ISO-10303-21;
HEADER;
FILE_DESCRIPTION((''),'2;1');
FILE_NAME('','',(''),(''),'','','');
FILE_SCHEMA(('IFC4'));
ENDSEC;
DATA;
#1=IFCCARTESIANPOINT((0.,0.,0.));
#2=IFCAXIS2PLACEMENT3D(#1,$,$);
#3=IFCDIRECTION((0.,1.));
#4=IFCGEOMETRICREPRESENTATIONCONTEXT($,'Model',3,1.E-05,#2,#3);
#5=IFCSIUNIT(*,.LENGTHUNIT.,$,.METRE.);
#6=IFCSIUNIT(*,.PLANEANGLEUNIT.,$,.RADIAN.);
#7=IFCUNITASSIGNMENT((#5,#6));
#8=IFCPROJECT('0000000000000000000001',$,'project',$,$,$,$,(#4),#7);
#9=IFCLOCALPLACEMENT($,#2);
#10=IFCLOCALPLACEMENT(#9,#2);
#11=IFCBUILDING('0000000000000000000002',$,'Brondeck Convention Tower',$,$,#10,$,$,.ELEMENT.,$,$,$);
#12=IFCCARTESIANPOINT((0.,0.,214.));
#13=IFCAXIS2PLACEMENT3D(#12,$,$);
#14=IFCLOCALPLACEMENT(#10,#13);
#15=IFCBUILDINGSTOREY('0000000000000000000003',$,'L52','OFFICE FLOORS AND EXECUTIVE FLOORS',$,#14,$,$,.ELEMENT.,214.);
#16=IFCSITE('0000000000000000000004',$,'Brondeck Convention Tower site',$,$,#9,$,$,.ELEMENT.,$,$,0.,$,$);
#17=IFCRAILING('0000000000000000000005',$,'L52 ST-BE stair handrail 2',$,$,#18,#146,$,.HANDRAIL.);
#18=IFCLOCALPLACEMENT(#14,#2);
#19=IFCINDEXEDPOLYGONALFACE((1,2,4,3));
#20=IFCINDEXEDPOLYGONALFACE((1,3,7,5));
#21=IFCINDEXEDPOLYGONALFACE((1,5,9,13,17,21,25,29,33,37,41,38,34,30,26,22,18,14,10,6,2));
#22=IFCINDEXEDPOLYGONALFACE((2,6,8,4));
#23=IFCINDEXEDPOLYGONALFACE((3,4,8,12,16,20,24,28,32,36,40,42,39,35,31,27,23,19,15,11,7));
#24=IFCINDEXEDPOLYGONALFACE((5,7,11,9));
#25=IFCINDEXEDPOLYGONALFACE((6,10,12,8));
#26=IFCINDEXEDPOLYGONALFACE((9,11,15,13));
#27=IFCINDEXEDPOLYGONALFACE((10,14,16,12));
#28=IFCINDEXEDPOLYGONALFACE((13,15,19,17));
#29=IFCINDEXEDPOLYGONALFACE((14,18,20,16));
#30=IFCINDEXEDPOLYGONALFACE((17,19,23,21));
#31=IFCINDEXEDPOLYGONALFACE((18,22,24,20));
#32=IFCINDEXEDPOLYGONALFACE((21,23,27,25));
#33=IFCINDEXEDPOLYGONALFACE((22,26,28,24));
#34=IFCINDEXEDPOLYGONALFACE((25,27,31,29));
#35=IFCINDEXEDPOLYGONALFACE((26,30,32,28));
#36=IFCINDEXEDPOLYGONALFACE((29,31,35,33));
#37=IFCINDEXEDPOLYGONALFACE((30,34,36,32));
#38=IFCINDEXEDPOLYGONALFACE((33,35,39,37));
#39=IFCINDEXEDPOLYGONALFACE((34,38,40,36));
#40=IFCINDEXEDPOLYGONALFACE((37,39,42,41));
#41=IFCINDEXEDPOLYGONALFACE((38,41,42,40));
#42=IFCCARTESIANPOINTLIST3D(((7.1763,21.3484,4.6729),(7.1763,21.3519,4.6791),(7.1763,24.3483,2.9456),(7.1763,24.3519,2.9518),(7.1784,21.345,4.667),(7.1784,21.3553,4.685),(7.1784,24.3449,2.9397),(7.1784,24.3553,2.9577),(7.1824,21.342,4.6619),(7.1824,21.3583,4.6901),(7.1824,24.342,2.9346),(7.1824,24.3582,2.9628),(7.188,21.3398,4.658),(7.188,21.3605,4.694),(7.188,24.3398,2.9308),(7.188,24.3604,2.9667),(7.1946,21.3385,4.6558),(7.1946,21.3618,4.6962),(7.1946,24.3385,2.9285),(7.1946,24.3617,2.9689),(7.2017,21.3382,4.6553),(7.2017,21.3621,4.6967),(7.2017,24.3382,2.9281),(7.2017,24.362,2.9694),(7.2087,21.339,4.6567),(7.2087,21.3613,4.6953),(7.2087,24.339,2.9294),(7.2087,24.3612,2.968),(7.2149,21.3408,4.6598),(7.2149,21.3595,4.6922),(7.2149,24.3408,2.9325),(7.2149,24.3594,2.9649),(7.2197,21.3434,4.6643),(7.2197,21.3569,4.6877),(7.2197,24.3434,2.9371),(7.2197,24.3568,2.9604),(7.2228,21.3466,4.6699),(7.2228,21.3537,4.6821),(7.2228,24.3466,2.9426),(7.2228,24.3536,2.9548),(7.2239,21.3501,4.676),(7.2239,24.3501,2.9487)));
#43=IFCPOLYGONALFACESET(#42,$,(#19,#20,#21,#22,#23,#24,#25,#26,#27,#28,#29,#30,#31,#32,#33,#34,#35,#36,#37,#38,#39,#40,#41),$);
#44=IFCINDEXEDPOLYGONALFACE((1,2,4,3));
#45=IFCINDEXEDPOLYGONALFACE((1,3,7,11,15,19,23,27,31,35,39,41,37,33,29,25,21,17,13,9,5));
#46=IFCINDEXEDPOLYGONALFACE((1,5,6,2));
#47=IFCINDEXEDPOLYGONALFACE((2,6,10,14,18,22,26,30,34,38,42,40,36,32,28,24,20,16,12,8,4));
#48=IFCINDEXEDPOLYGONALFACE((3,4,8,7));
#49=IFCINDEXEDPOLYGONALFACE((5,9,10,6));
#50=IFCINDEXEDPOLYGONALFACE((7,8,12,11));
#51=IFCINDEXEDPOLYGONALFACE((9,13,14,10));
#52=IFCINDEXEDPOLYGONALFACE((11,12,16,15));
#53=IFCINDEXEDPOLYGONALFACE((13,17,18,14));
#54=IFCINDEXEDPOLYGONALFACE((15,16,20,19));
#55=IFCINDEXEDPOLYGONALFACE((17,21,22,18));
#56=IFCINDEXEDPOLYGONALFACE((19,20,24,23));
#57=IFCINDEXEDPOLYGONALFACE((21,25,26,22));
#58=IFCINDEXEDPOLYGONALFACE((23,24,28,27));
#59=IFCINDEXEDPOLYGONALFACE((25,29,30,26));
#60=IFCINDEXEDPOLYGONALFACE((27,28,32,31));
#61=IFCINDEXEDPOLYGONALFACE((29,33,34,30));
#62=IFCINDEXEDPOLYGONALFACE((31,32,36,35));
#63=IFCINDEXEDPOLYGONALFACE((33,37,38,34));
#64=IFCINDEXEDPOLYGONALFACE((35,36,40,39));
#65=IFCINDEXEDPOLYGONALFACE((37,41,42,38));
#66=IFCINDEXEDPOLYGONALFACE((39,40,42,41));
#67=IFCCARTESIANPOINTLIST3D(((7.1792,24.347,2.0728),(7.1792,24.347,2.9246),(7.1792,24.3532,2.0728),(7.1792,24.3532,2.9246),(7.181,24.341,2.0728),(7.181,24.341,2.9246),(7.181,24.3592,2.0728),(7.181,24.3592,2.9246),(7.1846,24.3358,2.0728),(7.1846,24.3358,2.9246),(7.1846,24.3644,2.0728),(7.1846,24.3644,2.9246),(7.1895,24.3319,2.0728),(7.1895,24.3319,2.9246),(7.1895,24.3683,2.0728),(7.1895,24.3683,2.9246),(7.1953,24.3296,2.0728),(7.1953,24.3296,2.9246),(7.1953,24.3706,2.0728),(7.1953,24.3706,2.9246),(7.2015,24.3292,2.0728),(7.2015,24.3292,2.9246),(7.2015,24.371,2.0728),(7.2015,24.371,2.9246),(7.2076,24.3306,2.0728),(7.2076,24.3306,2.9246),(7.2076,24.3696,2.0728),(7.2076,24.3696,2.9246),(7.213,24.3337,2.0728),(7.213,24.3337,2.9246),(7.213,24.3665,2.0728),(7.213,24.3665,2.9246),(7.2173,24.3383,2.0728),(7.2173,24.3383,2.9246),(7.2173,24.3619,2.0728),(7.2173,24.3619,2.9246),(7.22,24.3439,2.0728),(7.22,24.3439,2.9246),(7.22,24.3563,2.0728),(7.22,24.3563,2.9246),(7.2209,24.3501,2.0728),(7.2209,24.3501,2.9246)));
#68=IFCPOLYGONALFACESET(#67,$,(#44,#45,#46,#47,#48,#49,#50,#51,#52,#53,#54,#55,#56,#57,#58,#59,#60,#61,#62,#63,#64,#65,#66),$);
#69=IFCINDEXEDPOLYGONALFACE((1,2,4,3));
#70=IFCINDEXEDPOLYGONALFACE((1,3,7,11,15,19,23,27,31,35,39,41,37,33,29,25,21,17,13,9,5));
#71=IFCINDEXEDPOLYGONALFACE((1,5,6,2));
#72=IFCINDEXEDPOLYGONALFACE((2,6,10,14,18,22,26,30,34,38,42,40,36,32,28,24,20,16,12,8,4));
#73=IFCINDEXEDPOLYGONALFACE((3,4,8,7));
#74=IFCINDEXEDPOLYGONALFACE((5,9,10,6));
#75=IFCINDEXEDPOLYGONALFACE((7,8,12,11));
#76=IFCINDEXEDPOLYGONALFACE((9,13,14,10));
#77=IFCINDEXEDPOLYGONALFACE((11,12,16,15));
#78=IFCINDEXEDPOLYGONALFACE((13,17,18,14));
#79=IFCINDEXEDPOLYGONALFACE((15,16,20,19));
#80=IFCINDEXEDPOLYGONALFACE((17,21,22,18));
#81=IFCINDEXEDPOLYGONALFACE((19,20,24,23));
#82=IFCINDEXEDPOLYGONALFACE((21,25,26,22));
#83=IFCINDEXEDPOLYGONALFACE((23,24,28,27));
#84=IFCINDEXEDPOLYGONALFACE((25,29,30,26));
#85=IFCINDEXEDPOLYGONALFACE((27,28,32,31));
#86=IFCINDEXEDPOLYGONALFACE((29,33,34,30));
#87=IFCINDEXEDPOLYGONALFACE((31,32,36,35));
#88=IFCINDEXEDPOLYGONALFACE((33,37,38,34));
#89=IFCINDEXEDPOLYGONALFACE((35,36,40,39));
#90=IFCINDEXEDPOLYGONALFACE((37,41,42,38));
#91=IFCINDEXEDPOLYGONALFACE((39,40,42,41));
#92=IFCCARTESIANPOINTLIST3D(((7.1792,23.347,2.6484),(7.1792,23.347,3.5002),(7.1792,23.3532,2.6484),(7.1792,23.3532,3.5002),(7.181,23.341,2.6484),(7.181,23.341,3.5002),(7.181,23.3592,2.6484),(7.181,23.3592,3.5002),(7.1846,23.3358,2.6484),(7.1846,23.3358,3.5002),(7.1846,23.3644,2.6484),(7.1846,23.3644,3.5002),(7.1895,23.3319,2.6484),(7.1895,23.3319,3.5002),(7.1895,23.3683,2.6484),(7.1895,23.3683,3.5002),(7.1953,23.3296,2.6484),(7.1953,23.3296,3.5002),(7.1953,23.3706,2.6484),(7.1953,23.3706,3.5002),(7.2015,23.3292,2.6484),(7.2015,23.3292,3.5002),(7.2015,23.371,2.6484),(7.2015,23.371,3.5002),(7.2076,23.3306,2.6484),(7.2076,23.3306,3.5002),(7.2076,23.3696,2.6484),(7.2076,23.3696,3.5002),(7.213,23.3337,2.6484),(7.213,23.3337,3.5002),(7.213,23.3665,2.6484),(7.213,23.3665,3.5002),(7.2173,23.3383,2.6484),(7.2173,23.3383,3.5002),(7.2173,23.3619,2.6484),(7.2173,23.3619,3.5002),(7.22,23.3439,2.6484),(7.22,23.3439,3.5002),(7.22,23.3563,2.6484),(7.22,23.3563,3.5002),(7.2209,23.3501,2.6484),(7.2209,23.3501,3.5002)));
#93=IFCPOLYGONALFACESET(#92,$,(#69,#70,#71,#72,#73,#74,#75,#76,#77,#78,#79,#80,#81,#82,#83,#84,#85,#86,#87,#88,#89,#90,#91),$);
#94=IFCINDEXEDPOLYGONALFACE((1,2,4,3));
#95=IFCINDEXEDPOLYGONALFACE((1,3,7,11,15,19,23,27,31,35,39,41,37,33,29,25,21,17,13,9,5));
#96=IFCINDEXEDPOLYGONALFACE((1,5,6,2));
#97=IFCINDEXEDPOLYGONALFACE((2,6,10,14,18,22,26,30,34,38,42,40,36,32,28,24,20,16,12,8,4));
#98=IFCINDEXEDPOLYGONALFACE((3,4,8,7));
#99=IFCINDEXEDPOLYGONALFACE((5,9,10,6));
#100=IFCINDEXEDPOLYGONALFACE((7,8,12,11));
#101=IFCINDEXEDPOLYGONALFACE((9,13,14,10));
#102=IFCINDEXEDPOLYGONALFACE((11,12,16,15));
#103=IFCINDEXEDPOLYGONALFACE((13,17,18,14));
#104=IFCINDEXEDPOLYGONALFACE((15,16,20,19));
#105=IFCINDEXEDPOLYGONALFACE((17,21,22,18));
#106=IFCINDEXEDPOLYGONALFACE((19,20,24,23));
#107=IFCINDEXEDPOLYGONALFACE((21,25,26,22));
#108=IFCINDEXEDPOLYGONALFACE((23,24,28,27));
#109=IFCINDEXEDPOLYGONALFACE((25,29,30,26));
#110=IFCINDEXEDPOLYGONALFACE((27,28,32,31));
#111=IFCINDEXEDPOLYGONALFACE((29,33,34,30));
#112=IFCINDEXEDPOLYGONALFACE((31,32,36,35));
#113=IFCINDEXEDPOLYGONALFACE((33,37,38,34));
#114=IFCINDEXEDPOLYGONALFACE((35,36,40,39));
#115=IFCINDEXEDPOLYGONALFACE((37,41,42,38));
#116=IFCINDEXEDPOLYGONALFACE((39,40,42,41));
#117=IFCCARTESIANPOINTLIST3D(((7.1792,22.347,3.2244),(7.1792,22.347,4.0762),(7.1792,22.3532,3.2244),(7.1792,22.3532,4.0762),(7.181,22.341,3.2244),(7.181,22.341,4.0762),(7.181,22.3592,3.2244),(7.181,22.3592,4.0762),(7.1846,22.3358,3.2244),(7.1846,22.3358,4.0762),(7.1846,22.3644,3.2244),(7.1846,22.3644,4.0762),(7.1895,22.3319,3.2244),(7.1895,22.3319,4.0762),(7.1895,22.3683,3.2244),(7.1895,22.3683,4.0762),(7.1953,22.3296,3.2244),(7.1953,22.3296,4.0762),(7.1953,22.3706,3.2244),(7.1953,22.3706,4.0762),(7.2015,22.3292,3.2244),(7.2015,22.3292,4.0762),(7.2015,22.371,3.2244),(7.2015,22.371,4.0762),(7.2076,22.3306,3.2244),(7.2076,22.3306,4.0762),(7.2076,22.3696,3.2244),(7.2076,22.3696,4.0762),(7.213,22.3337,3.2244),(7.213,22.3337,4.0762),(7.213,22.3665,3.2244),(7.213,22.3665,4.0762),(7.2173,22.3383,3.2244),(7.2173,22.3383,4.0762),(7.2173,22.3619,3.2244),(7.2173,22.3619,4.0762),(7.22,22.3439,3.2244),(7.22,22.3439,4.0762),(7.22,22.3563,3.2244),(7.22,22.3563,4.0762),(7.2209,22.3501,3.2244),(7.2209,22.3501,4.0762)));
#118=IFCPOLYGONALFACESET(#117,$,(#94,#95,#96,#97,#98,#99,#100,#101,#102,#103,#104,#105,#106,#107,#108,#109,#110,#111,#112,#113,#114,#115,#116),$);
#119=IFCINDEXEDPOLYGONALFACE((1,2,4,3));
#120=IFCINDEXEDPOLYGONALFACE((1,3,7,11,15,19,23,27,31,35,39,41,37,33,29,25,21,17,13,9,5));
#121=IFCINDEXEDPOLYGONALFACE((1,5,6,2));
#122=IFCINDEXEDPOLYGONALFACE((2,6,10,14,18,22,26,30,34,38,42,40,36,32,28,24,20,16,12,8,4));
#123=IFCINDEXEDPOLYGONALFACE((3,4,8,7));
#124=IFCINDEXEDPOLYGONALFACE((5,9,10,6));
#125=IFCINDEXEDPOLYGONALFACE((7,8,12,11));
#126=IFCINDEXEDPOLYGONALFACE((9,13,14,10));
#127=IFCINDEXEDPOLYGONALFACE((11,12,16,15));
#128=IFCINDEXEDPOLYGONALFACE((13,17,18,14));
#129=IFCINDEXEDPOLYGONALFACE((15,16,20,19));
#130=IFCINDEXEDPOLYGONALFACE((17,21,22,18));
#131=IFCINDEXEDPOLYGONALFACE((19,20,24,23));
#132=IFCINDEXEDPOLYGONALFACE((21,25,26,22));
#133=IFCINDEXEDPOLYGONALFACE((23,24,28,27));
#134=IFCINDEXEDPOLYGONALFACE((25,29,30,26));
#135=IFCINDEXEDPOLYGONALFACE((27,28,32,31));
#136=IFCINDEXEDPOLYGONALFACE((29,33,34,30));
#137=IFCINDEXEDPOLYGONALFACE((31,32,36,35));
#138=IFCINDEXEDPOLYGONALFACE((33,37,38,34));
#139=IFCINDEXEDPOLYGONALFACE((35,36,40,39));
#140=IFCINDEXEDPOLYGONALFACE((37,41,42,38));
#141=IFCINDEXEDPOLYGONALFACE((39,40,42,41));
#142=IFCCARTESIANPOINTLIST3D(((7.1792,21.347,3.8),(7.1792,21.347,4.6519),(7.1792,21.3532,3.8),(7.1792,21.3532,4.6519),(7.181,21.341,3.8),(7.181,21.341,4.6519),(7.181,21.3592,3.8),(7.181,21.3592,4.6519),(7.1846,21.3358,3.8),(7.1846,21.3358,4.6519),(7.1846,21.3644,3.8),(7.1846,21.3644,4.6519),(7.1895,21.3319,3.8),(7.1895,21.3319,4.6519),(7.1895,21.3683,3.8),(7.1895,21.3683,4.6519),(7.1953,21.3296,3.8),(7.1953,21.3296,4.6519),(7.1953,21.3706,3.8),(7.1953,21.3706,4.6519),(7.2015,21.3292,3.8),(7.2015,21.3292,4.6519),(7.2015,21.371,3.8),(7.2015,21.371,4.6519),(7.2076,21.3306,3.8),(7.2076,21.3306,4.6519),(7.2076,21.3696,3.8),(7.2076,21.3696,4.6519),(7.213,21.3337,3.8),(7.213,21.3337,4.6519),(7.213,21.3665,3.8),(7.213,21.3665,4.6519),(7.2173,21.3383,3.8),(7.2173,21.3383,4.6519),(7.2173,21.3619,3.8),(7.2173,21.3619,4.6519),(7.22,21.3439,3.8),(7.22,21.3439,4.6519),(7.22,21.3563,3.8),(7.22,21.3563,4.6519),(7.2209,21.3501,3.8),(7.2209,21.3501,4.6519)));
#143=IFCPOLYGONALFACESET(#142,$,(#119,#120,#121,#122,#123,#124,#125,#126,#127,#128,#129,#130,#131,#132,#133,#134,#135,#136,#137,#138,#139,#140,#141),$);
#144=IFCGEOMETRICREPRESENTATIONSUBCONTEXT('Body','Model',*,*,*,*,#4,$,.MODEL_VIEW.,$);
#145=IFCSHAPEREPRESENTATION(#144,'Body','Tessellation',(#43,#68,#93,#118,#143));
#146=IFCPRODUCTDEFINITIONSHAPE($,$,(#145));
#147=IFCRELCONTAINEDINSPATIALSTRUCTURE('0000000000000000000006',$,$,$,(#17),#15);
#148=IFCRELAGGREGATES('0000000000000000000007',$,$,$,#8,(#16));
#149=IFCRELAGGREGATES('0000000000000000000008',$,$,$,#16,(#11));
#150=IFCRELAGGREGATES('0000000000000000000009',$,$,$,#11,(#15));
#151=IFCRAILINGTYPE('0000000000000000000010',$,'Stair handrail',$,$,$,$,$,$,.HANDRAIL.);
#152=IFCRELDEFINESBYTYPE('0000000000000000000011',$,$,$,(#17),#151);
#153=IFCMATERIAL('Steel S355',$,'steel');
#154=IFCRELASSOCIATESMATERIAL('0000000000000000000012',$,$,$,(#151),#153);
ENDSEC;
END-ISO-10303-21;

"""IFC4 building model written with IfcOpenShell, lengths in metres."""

from ifc_helpers import new_model, si_unit, direction, frame, origin, origin_2d, place, context, subcontext, project, spatial, circle, extrude, material, type_object, element, save


model = new_model("IFC4")

# Units and contexts
model_context = context("Model", 3, precision=1e-05, world=origin(), true_north=direction((0.0, 1.0)))
body_context = subcontext(model_context, "Body", "Model", "MODEL_VIEW")
ifc_project = project(units=[si_unit("LENGTHUNIT", "METRE"), si_unit("PLANEANGLEUNIT", "RADIAN")], contexts=[model_context])

# Site, building, storey
site_placement = place(None, origin())
site = spatial("IfcSite", under=ifc_project, at=site_placement, Name="Brondeck Convention Tower site", CompositionType="ELEMENT", RefElevation=0.0)
building_placement = place(site_placement, origin())
building = spatial("IfcBuilding", under=site, at=building_placement, Name="Brondeck Convention Tower", CompositionType="ELEMENT")
storey_placement = place(building_placement, frame((0.0, 0.0, 214.0)))
storey = spatial("IfcBuildingStorey", under=building, at=storey_placement, Name="L52", Description="OFFICE FLOORS AND EXECUTIVE FLOORS", CompositionType="ELEMENT", Elevation=214.0)

# Shared definitions
ifc_material_1 = material(Name="Steel S355", Category="steel")

# Railing
railing_type_1 = type_object("IfcRailingType", Name="Stair handrail", PredefinedType="HANDRAIL", material=ifc_material_1)
railing_1_placement = place(storey_placement, frame((7.2, 24.3501, 2.0728)))
element("IfcRailing", 1, at=railing_1_placement, inside=storey, type_object=railing_type_1, Name="L52 ST-BE stair handrail 2", PredefinedType="HANDRAIL", context=body_context, shape_type="SweptSolid", body=[
    extrude(circle(Radius=0.0239, at=origin_2d()), frame((0.0, 0.0, 0.876), z_axis=(0.0, -0.86662, 0.498969), x_axis=(1.0, 0.0, 0.0)), (0.0, 0.0, 1.0), 3.4617),
    extrude(circle(Radius=0.021, at=origin_2d()), origin(), (0.0, 0.0, 1.0), 0.8518),
    extrude(circle(Radius=0.021, at=origin_2d()), frame((0.0, -1.0, 0.5757)), (0.0, 0.0, 1.0), 0.8518),
    extrude(circle(Radius=0.021, at=origin_2d()), frame((0.0, -2.0, 1.1516)), (0.0, 0.0, 1.0), 0.8518),
    extrude(circle(Radius=0.021, at=origin_2d()), frame((0.0, -3.0, 1.7273)), (0.0, 0.0, 1.0), 0.8518),
])

save(model, "model.ifc")
